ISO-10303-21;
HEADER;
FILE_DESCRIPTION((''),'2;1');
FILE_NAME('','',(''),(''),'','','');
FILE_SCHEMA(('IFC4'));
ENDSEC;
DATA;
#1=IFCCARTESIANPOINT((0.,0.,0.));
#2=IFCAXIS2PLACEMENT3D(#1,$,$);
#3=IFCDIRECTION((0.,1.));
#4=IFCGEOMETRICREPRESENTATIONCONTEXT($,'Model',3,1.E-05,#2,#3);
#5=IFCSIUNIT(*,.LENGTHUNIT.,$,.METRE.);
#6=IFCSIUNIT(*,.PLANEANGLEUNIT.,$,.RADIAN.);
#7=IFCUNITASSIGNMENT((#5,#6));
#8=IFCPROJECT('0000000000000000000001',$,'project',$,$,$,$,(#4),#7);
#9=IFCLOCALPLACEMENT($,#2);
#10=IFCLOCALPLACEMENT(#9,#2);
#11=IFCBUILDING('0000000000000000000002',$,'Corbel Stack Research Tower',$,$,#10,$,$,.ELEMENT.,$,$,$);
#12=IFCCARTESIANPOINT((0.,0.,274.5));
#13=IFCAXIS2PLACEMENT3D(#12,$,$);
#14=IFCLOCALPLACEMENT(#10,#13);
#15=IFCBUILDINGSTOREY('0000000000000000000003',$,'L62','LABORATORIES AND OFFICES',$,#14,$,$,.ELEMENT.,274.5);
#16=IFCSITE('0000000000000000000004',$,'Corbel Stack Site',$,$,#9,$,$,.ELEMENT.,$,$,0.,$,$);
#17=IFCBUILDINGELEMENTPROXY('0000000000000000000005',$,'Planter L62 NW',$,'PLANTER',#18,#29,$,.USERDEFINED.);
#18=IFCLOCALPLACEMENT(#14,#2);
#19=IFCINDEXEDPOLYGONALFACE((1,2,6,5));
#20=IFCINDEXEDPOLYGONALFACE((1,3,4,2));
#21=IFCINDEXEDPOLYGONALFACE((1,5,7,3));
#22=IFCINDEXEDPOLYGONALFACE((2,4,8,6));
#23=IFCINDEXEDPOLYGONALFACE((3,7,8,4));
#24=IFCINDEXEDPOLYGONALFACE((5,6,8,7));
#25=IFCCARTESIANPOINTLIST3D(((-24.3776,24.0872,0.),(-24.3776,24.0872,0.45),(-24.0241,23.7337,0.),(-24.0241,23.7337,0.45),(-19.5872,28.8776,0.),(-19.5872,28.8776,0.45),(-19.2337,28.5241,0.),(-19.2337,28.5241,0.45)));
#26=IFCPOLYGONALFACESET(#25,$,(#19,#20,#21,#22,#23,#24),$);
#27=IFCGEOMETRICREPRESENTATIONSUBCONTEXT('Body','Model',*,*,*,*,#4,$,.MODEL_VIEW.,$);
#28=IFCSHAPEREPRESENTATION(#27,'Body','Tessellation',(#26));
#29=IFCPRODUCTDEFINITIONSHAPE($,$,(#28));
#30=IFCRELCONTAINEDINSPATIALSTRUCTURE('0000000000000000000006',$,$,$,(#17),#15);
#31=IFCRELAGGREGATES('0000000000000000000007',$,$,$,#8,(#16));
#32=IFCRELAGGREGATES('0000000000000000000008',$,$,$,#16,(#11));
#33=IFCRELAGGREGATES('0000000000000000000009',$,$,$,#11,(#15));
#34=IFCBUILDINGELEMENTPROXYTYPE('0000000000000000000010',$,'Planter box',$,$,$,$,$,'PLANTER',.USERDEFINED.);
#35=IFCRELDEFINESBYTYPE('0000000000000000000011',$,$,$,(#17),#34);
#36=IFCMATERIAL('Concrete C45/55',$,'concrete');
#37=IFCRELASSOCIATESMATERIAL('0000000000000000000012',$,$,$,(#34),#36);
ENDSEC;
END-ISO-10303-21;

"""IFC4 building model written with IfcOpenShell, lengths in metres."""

from ifc_helpers import new_model, si_unit, direction, frame, origin, origin_2d, place, context, subcontext, project, spatial, rectangle, extrude, material, type_object, element, save


model = new_model("IFC4")

# Units and contexts
model_context = context("Model", 3, precision=1e-05, world=origin(), true_north=direction((0.0, 1.0)))
body_context = subcontext(model_context, "Body", "Model", "MODEL_VIEW")
ifc_project = project(units=[si_unit("LENGTHUNIT", "METRE"), si_unit("PLANEANGLEUNIT", "RADIAN")], contexts=[model_context])

# Site, building, storey
site_placement = place(None, origin())
site = spatial("IfcSite", under=ifc_project, at=site_placement, Name="Corbel Stack Site", CompositionType="ELEMENT", RefElevation=0.0)
building_placement = place(site_placement, origin())
building = spatial("IfcBuilding", under=site, at=building_placement, Name="Corbel Stack Research Tower", CompositionType="ELEMENT")
storey_placement = place(building_placement, frame((0.0, 0.0, 274.5)))
storey = spatial("IfcBuildingStorey", under=building, at=storey_placement, Name="L62", Description="LABORATORIES AND OFFICES", CompositionType="ELEMENT", Elevation=274.5)

# Building element proxy
ifc_material_1 = material(Name="Concrete C45/55", Category="concrete")
building_element_proxy_type = type_object("IfcBuildingElementProxyType", Name="Planter box", ElementType="PLANTER", PredefinedType="USERDEFINED", material=ifc_material_1)
proxy_placement = place(storey_placement, frame((-21.8057, 26.3057, 0.0), z_axis=(0.0, 0.0, 1.0), x_axis=(-0.707107, -0.707107, 0.0)))
element("IfcBuildingElementProxy", 1, at=proxy_placement, inside=storey, type_object=building_element_proxy_type, Name="Planter L62 NW", ObjectType="PLANTER", PredefinedType="USERDEFINED", context=body_context, shape_type="SweptSolid", body=[
    extrude(rectangle(XDim=6.7747, YDim=0.5, at=origin_2d()), origin(), (0.0, 0.0, 1.0), 0.45),
])

save(model, "model.ifc")
